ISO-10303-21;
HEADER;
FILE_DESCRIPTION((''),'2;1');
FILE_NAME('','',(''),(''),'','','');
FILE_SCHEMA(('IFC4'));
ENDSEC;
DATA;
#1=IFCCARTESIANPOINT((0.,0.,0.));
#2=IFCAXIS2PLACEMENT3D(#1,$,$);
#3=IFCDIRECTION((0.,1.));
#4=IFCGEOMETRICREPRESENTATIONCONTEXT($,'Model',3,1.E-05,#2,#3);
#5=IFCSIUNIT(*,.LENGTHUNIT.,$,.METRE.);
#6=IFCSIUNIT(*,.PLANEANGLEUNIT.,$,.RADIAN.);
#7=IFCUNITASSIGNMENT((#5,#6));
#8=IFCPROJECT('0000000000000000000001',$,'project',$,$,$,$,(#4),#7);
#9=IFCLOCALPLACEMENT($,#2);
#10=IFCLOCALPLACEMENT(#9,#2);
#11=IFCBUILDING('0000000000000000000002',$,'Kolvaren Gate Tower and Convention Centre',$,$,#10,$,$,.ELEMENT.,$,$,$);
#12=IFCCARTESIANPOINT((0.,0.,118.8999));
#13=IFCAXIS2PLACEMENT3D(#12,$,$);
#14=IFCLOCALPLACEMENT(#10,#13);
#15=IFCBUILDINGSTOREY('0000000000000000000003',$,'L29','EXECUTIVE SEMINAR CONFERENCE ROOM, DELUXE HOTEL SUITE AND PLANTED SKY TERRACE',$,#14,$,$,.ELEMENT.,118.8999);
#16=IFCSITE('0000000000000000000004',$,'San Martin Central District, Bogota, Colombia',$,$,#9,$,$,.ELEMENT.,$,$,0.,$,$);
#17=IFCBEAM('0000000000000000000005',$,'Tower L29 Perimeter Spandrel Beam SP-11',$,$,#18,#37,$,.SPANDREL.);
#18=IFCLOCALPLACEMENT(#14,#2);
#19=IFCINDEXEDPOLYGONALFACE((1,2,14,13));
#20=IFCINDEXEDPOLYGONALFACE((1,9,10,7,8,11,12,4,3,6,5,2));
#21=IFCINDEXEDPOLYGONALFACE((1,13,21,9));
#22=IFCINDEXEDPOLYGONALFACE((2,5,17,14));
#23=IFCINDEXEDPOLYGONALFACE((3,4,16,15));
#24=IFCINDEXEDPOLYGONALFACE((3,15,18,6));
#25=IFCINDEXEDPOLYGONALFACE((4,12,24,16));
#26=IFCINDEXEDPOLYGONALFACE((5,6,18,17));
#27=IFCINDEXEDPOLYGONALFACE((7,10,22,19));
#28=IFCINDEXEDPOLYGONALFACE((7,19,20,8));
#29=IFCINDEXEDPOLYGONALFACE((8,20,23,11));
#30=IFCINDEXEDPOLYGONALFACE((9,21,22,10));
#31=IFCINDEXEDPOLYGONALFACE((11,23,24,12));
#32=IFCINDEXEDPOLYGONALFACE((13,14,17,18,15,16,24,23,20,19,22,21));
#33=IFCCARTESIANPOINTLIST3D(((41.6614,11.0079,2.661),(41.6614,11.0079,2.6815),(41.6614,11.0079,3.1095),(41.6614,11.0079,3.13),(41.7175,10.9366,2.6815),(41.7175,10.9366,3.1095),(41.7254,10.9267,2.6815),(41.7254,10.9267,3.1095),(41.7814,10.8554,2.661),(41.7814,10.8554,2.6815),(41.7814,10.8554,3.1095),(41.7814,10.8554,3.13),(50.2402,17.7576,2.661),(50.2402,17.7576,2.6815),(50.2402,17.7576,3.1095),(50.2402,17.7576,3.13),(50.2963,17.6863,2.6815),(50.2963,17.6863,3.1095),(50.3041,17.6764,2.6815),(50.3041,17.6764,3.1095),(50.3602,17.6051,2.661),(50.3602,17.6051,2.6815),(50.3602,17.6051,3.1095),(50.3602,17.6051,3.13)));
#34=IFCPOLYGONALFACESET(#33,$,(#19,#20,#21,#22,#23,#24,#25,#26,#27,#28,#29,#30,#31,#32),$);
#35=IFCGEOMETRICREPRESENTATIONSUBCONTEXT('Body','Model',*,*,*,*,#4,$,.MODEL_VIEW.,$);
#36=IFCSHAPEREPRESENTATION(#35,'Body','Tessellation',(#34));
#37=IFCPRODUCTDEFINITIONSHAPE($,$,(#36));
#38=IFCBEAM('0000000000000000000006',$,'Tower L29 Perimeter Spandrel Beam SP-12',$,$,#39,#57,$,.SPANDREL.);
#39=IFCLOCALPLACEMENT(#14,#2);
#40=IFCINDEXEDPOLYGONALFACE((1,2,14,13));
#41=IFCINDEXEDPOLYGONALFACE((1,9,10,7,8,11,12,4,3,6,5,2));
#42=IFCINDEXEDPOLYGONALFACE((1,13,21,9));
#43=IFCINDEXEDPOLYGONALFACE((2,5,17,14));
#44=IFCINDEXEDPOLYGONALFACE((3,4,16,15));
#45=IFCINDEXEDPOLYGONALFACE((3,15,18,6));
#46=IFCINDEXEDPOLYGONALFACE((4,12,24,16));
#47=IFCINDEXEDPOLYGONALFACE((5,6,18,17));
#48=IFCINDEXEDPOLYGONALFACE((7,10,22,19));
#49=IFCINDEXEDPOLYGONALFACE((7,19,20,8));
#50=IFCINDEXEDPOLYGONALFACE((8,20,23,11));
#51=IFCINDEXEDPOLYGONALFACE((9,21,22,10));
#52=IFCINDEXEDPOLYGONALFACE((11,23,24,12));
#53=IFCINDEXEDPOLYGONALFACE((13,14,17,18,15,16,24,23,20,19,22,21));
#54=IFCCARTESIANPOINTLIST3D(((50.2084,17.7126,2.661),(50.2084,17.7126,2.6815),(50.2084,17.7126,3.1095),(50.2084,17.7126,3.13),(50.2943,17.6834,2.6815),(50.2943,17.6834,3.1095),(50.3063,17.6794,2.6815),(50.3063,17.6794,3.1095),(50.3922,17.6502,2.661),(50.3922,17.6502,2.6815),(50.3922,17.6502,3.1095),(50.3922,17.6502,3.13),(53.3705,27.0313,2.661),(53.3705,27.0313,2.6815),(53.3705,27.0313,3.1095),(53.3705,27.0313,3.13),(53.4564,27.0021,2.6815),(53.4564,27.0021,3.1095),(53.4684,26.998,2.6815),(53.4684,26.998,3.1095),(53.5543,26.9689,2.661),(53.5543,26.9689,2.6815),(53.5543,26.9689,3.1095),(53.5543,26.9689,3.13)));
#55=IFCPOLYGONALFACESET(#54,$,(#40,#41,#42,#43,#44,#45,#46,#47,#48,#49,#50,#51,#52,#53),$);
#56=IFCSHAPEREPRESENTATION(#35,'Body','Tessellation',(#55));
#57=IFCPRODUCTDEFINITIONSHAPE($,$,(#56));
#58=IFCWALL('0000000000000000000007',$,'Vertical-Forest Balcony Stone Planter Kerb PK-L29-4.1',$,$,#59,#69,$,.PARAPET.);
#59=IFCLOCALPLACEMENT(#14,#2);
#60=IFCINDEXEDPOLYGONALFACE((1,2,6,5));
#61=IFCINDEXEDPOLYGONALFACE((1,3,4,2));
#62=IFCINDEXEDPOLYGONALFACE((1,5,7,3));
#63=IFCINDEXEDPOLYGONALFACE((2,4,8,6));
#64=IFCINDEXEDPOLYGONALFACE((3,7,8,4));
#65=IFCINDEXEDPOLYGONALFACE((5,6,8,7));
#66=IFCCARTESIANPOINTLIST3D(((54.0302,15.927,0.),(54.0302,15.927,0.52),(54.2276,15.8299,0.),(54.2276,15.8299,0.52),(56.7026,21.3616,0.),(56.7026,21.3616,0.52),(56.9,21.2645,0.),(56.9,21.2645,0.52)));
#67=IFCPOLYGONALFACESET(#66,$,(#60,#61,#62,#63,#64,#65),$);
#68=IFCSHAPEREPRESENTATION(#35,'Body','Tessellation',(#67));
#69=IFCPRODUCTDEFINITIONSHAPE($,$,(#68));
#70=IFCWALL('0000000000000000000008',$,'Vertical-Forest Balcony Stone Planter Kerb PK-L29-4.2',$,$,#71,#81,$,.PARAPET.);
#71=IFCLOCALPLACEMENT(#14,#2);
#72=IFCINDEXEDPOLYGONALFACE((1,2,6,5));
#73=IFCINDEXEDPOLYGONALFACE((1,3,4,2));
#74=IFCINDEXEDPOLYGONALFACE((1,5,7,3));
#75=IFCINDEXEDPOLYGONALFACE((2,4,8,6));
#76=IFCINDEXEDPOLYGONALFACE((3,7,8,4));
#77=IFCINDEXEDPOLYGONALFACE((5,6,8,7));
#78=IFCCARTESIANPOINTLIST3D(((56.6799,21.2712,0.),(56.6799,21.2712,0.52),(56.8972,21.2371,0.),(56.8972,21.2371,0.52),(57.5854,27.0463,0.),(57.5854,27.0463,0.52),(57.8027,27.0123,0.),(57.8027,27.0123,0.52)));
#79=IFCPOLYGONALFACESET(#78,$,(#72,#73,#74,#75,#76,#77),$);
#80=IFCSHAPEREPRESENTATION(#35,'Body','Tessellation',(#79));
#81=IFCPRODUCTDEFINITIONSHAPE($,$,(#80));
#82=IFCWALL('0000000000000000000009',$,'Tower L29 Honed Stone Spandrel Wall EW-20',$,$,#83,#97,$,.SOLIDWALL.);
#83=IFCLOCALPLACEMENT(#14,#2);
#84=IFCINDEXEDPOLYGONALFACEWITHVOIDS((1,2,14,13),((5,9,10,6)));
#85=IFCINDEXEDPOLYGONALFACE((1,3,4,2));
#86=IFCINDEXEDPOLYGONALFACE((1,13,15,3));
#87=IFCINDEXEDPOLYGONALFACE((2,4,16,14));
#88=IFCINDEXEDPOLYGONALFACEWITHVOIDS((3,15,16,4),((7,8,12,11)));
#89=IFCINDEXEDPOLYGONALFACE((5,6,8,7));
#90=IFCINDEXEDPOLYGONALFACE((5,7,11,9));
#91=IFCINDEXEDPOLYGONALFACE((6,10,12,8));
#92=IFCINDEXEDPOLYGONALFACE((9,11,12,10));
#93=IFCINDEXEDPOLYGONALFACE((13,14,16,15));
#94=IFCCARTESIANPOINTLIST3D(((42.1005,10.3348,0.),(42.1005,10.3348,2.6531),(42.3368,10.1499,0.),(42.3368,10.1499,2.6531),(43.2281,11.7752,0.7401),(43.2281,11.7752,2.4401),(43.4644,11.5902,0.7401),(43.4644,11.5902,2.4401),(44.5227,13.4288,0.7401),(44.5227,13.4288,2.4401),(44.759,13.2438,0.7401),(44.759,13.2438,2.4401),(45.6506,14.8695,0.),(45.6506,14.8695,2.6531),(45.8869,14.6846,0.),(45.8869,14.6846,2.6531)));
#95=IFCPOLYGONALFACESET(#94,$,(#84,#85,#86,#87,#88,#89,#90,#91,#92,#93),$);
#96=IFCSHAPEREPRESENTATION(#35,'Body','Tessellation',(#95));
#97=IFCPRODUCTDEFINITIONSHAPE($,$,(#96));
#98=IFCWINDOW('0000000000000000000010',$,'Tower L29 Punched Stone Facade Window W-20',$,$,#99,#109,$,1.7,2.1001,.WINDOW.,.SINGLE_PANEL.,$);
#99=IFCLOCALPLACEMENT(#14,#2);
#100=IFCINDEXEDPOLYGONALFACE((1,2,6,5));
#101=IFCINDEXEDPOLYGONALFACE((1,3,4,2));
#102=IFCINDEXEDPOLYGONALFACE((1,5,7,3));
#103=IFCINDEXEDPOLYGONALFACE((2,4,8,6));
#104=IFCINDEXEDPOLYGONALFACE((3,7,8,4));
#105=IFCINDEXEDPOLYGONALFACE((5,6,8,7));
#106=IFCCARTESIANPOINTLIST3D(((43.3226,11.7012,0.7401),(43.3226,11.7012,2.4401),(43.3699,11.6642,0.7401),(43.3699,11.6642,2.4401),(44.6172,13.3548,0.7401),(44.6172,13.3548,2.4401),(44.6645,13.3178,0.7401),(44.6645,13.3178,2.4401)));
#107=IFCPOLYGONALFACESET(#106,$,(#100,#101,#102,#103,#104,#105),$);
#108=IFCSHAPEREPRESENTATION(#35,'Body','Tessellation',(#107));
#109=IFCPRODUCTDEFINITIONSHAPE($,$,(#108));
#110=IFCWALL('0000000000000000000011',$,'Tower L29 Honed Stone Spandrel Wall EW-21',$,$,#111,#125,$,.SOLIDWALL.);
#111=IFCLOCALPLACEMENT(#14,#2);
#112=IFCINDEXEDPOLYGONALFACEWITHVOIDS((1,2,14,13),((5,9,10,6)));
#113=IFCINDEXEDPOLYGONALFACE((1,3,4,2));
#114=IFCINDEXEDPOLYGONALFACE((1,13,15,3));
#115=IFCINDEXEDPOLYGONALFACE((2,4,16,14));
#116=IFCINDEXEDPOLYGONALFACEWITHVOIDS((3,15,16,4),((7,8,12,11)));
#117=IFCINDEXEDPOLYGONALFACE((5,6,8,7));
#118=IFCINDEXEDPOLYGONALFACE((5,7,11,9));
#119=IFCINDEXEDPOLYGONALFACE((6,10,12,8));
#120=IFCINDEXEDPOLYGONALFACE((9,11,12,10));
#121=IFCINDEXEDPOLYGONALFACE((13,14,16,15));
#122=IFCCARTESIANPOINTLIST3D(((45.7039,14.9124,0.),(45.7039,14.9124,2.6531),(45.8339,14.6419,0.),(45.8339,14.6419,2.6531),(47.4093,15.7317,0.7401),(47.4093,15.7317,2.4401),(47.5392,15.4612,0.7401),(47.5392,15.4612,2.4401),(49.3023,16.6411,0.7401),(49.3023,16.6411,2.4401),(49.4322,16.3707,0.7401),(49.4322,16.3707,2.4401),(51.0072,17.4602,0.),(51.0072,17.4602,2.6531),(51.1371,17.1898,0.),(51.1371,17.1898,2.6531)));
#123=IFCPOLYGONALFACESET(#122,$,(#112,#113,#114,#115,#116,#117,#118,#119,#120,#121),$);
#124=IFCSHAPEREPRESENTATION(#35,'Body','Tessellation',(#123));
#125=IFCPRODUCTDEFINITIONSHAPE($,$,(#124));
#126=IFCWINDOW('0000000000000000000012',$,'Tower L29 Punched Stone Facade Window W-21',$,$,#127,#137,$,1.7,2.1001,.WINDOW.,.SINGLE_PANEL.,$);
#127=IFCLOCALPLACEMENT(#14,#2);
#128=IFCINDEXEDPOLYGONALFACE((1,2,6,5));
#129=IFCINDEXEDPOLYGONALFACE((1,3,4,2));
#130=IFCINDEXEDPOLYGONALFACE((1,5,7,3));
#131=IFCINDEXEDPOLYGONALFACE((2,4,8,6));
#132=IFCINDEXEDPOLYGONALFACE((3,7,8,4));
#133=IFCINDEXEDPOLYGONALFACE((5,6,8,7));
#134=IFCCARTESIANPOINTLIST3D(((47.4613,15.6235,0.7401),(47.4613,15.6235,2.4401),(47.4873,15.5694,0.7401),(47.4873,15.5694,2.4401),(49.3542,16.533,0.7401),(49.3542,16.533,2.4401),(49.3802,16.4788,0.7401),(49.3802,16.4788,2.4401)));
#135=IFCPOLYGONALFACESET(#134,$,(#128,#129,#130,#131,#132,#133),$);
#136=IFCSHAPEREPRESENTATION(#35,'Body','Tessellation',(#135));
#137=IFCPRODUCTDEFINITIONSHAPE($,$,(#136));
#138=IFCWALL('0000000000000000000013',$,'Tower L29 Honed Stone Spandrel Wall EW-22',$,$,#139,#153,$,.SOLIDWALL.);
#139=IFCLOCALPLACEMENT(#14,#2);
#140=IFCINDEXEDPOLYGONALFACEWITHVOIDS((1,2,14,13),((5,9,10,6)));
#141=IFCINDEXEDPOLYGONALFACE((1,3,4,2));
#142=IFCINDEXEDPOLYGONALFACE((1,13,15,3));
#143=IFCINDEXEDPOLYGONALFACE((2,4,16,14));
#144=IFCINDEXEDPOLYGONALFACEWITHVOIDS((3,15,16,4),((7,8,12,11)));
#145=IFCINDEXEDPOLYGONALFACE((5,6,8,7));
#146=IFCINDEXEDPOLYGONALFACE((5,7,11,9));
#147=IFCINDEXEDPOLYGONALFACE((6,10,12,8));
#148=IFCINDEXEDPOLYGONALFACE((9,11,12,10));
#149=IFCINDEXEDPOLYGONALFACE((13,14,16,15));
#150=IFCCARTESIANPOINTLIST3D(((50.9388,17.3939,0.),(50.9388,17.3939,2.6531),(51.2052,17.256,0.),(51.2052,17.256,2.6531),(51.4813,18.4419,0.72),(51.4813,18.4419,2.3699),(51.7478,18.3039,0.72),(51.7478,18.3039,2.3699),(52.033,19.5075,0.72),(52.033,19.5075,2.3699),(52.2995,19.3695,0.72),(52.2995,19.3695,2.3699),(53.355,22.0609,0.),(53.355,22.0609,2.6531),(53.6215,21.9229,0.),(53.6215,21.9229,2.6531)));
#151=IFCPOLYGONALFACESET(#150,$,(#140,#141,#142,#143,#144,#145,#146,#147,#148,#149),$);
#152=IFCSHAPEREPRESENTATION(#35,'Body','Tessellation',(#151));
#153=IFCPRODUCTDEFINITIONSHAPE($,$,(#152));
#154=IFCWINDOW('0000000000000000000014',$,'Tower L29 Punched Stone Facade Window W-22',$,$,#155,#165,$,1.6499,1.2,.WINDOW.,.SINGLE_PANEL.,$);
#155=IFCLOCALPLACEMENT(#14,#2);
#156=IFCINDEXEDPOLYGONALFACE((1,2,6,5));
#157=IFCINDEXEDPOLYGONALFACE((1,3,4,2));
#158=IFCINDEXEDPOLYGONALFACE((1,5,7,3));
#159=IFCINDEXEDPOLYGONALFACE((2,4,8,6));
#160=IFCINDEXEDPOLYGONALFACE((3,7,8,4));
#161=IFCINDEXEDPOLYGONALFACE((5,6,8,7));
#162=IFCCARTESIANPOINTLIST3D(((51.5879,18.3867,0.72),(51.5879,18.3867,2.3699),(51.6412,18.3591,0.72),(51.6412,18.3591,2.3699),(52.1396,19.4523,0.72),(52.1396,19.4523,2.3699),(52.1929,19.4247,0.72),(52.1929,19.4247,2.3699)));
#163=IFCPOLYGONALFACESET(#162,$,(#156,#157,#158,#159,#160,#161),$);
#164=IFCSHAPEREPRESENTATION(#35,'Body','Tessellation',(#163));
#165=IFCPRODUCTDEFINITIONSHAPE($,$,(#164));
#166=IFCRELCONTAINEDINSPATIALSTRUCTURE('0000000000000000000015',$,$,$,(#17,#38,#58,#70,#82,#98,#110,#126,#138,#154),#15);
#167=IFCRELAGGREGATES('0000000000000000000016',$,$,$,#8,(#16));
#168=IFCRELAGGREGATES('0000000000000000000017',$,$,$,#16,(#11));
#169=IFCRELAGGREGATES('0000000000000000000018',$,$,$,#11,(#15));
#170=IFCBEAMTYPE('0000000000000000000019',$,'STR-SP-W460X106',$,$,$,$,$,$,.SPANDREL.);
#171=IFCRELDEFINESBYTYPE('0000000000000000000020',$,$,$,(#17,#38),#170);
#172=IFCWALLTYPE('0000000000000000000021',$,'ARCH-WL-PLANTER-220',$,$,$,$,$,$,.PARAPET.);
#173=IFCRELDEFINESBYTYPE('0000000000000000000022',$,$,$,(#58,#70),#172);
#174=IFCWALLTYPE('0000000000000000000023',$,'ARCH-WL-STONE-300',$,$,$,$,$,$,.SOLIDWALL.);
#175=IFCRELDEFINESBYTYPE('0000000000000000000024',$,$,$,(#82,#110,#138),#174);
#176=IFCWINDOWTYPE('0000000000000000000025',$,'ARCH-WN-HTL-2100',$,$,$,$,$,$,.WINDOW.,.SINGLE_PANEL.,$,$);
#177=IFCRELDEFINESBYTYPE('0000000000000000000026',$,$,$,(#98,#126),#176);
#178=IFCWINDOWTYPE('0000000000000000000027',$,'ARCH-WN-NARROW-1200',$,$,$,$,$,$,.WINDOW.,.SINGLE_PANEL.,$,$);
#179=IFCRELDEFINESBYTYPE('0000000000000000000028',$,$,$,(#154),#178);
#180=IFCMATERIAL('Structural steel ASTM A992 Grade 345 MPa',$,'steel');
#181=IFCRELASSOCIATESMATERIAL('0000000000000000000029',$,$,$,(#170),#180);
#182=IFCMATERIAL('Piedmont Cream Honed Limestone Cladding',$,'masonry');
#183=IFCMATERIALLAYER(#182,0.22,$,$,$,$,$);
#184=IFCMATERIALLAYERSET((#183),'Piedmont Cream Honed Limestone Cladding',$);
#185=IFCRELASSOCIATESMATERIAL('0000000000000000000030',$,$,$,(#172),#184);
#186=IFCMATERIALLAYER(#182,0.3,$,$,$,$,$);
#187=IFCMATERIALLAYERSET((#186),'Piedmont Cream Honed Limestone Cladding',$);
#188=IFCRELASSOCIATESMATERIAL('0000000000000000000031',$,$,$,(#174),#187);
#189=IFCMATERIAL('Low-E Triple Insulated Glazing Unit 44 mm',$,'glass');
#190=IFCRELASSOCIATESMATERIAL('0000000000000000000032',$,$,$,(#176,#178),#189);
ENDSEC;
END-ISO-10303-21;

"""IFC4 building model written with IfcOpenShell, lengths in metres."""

from ifc_helpers import new_model, si_unit, direction, frame, frame_2d, origin, origin_2d, place, context, subcontext, project, spatial, rectangle, i_section, extrude, material, layer, layer_set, material_profile, profile_set, type_object, element, fill, save


model = new_model("IFC4")

# Units and contexts
model_context = context("Model", 3, precision=1e-05, world=origin(), true_north=direction((0.0, 1.0)))
body_context = subcontext(model_context, "Body", "Model", "MODEL_VIEW")
ifc_project = project(units=[si_unit("LENGTHUNIT", "METRE"), si_unit("PLANEANGLEUNIT", "RADIAN")], contexts=[model_context])

# Site, building, storey
site_placement = place(None, origin())
site = spatial("IfcSite", under=ifc_project, at=site_placement, Name="San Martin Central District, Bogota, Colombia", CompositionType="ELEMENT", RefElevation=0.0)
building_placement = place(site_placement, origin())
building = spatial("IfcBuilding", under=site, at=building_placement, Name="Kolvaren Gate Tower and Convention Centre", CompositionType="ELEMENT")
storey_placement = place(building_placement, frame((0.0, 0.0, 118.8999)))
storey = spatial("IfcBuildingStorey", under=building, at=storey_placement, Name="L29", Description="EXECUTIVE SEMINAR CONFERENCE ROOM, DELUXE HOTEL SUITE AND PLANTED SKY TERRACE", CompositionType="ELEMENT", Elevation=118.8999)

# Beams
ifc_material_1 = material(Name="Structural steel ASTM A992 Grade 345 MPa", Category="steel")
ifc_material_profile_1 = material_profile(ifc_material_1, i_section(OverallWidth=0.1941, OverallDepth=0.469, WebThickness=0.0127, FlangeThickness=0.0205, at=origin_2d()), Name="W460X106")
ifc_profile_set_1 = profile_set([ifc_material_profile_1], Name="Structural steel ASTM A992 Grade 345 MPa")
beam_type_1 = type_object("IfcBeamType", Name="STR-SP-W460X106", PredefinedType="SPANDREL", material=ifc_profile_set_1)
beam_1_placement = place(storey_placement, frame((41.7214, 10.9316, 2.8955), z_axis=(0.785908, 0.618344, 0.0), x_axis=(-0.618344, 0.785908, 0.0)))
element("IfcBeam", 1, at=beam_1_placement, inside=storey, type_object=beam_type_1, Name="Tower L29 Perimeter Spandrel Beam SP-11", PredefinedType="SPANDREL", context=body_context, shape_type="SweptSolid", body=[
    extrude(i_section(OverallWidth=0.1941, OverallDepth=0.469, WebThickness=0.0127, FlangeThickness=0.0205, at=origin_2d()), origin(), (0.0, 0.0, 1.0), 10.9158),
])
beam_2_placement = place(storey_placement, frame((50.3003, 17.6814, 2.8955), z_axis=(0.321336, 0.946965, 0.0), x_axis=(-0.946965, 0.321336, 0.0)))
element("IfcBeam", 2, at=beam_2_placement, inside=storey, type_object=beam_type_1, Name="Tower L29 Perimeter Spandrel Beam SP-12", PredefinedType="SPANDREL", context=body_context, shape_type="SweptSolid", body=[
    extrude(i_section(OverallWidth=0.1941, OverallDepth=0.469, WebThickness=0.0127, FlangeThickness=0.0205, at=origin_2d()), origin(), (0.0, 0.0, 1.0), 9.8406),
])

# Walls
ifc_material_2 = material(Name="Piedmont Cream Honed Limestone Cladding", Category="masonry")
ifc_layer_1 = layer(ifc_material_2, 0.22)
ifc_layer_set_1 = layer_set([ifc_layer_1], Name="Piedmont Cream Honed Limestone Cladding")
wall_type_1 = type_object("IfcWallType", Name="ARCH-WL-PLANTER-220", PredefinedType="PARAPET", material=ifc_layer_set_1)
wall_1_placement = place(storey_placement, frame((54.1289, 15.8784, 0.0), z_axis=(0.0, 0.0, 1.0), x_axis=(0.44127, 0.897375, 0.0)))
element("IfcWall", 3, at=wall_1_placement, inside=storey, type_object=wall_type_1, Name="Vertical-Forest Balcony Stone Planter Kerb PK-L29-4.1", PredefinedType="PARAPET", context=body_context, shape_type="SweptSolid", body=[
    extrude(rectangle(XDim=6.0562, YDim=0.22, at=frame_2d((3.0281, 0.0))), origin(), (0.0, 0.0, 1.0), 0.52),
])
wall_2_placement = place(storey_placement, frame((56.7886, 21.2542, 0.0), z_axis=(0.0, 0.0, 1.0), x_axis=(0.154903, 0.98793, 0.0)))
element("IfcWall", 4, at=wall_2_placement, inside=storey, type_object=wall_type_1, Name="Vertical-Forest Balcony Stone Planter Kerb PK-L29-4.2", PredefinedType="PARAPET", context=body_context, shape_type="SweptSolid", body=[
    extrude(rectangle(XDim=5.8457, YDim=0.22, at=frame_2d((2.9229, 0.0))), origin(), (0.0, 0.0, 1.0), 0.52),
])

# Walls, openings, windows
ifc_layer_2 = layer(ifc_material_2, 0.3)
ifc_layer_set_2 = layer_set([ifc_layer_2], Name="Piedmont Cream Honed Limestone Cladding")
wall_type_2 = type_object("IfcWallType", Name="ARCH-WL-STONE-300", PredefinedType="SOLIDWALL", material=ifc_layer_set_2)
wall_3_placement = place(storey_placement, frame((42.2188, 10.2424, 0.0), z_axis=(0.0, 0.0, 1.0), x_axis=(0.616435, 0.787406, 0.0)))
wall_3 = element("IfcWall", 5, at=wall_3_placement, inside=storey, type_object=wall_type_2, Name="Tower L29 Honed Stone Spandrel Wall EW-20", PredefinedType="SOLIDWALL", context=body_context, shape_type="SweptSolid", body=[
    extrude(rectangle(XDim=5.759, YDim=0.3, at=frame_2d((2.8794, 0.0))), origin(), (0.0, 0.0, 1.0), 2.6531),
])
opening_1_placement = place(wall_3_placement, frame((1.8291, 0.0, 0.74)))
opening_1 = element("IfcOpeningElement", 6, at=opening_1_placement, cuts=wall_3, PredefinedType="OPENING", context=body_context, shape_type="SweptSolid", body=[
    extrude(rectangle(XDim=2.1001, YDim=1.7, at=frame_2d((1.05, 0.8501))), frame((0.0, 0.1599, 0.0), z_axis=(0.0, -1.0, 0.0), x_axis=(1.0, 0.0, 0.0)), (0.0, 0.0, 1.0), 0.3201),
])
ifc_material_3 = material(Name="Low-E Triple Insulated Glazing Unit 44 mm", Category="glass")
window_type_1 = type_object("IfcWindowType", Name="ARCH-WN-HTL-2100", PartitioningType="SINGLE_PANEL", PredefinedType="WINDOW", material=ifc_material_3)
window_1_placement = place(opening_1_placement, origin())
window_1 = element("IfcWindow", 7, at=window_1_placement, inside=storey, type_object=window_type_1, Name="Tower L29 Punched Stone Facade Window W-20", OverallHeight=1.7, OverallWidth=2.1001, PartitioningType="SINGLE_PANEL", PredefinedType="WINDOW", context=body_context, shape_type="SweptSolid", body=[
    extrude(rectangle(XDim=2.1001, YDim=1.7, at=frame_2d((1.05, 0.8501))), frame((0.0, 0.03, 0.0), z_axis=(0.0, -1.0, 0.0), x_axis=(1.0, 0.0, 0.0)), (0.0, 0.0, 1.0), 0.0601),
])
fill(opening_1, window_1)
wall_4_placement = place(storey_placement, frame((45.7688, 14.7771, 0.0), z_axis=(0.0, 0.0, 1.0), x_axis=(0.90137, 0.433049, 0.0)))
wall_4 = element("IfcWall", 8, at=wall_4_placement, inside=storey, type_object=wall_type_2, Name="Tower L29 Honed Stone Spandrel Wall EW-21", PredefinedType="SOLIDWALL", context=body_context, shape_type="SweptSolid", body=[
    extrude(rectangle(XDim=5.8835, YDim=0.3, at=frame_2d((2.9419, 0.0))), origin(), (0.0, 0.0, 1.0), 2.6531),
])
opening_2_placement = place(wall_4_placement, frame((1.8921, 0.0, 0.74)))
opening_2 = element("IfcOpeningElement", 9, at=opening_2_placement, cuts=wall_4, PredefinedType="OPENING", context=body_context, shape_type="SweptSolid", body=[
    extrude(rectangle(XDim=2.1001, YDim=1.7, at=frame_2d((1.05, 0.8501))), frame((0.0, 0.1599, 0.0), z_axis=(0.0, -1.0, 0.0), x_axis=(1.0, 0.0, 0.0)), (0.0, 0.0, 1.0), 0.3201),
])
window_2_placement = place(opening_2_placement, origin())
window_2 = element("IfcWindow", 10, at=window_2_placement, inside=storey, type_object=window_type_1, Name="Tower L29 Punched Stone Facade Window W-21", OverallHeight=1.7, OverallWidth=2.1001, PartitioningType="SINGLE_PANEL", PredefinedType="WINDOW", context=body_context, shape_type="SweptSolid", body=[
    extrude(rectangle(XDim=2.1001, YDim=1.7, at=frame_2d((1.05, 0.8501))), frame((0.0, 0.03, 0.0), z_axis=(0.0, -1.0, 0.0), x_axis=(1.0, 0.0, 0.0)), (0.0, 0.0, 1.0), 0.0601),
])
fill(opening_2, window_2)
wall_5_placement = place(storey_placement, frame((51.072, 17.325, 0.0), z_axis=(0.0, 0.0, 1.0), x_axis=(0.459768, 0.888039, 0.0)))
wall_5 = element("IfcWall", 11, at=wall_5_placement, inside=storey, type_object=wall_type_2, Name="Tower L29 Honed Stone Spandrel Wall EW-22", PredefinedType="SOLIDWALL", context=body_context, shape_type="SweptSolid", body=[
    extrude(rectangle(XDim=5.2554, YDim=0.3, at=frame_2d((2.6277, 0.0))), origin(), (0.0, 0.0, 1.0), 2.6531),
])
opening_3_placement = place(wall_5_placement, frame((1.1799, 0.0, 0.72)))
opening_3 = element("IfcOpeningElement", 12, at=opening_3_placement, cuts=wall_5, PredefinedType="OPENING", context=body_context, shape_type="SweptSolid", body=[
    extrude(rectangle(XDim=1.2, YDim=1.6499, at=frame_2d((0.6001, 0.825))), frame((0.0, 0.1599, 0.0), z_axis=(0.0, -1.0, 0.0), x_axis=(1.0, 0.0, 0.0)), (0.0, 0.0, 1.0), 0.3201),
])
window_type_2 = type_object("IfcWindowType", Name="ARCH-WN-NARROW-1200", PartitioningType="SINGLE_PANEL", PredefinedType="WINDOW", material=ifc_material_3)
window_3_placement = place(opening_3_placement, origin())
window_3 = element("IfcWindow", 13, at=window_3_placement, inside=storey, type_object=window_type_2, Name="Tower L29 Punched Stone Facade Window W-22", OverallHeight=1.6499, OverallWidth=1.2, PartitioningType="SINGLE_PANEL", PredefinedType="WINDOW", context=body_context, shape_type="SweptSolid", body=[
    extrude(rectangle(XDim=1.2, YDim=1.6499, at=frame_2d((0.6001, 0.825))), frame((0.0, 0.03, 0.0), z_axis=(0.0, -1.0, 0.0), x_axis=(1.0, 0.0, 0.0)), (0.0, 0.0, 1.0), 0.0601),
])
fill(opening_3, window_3)

save(model, "model.ifc")
